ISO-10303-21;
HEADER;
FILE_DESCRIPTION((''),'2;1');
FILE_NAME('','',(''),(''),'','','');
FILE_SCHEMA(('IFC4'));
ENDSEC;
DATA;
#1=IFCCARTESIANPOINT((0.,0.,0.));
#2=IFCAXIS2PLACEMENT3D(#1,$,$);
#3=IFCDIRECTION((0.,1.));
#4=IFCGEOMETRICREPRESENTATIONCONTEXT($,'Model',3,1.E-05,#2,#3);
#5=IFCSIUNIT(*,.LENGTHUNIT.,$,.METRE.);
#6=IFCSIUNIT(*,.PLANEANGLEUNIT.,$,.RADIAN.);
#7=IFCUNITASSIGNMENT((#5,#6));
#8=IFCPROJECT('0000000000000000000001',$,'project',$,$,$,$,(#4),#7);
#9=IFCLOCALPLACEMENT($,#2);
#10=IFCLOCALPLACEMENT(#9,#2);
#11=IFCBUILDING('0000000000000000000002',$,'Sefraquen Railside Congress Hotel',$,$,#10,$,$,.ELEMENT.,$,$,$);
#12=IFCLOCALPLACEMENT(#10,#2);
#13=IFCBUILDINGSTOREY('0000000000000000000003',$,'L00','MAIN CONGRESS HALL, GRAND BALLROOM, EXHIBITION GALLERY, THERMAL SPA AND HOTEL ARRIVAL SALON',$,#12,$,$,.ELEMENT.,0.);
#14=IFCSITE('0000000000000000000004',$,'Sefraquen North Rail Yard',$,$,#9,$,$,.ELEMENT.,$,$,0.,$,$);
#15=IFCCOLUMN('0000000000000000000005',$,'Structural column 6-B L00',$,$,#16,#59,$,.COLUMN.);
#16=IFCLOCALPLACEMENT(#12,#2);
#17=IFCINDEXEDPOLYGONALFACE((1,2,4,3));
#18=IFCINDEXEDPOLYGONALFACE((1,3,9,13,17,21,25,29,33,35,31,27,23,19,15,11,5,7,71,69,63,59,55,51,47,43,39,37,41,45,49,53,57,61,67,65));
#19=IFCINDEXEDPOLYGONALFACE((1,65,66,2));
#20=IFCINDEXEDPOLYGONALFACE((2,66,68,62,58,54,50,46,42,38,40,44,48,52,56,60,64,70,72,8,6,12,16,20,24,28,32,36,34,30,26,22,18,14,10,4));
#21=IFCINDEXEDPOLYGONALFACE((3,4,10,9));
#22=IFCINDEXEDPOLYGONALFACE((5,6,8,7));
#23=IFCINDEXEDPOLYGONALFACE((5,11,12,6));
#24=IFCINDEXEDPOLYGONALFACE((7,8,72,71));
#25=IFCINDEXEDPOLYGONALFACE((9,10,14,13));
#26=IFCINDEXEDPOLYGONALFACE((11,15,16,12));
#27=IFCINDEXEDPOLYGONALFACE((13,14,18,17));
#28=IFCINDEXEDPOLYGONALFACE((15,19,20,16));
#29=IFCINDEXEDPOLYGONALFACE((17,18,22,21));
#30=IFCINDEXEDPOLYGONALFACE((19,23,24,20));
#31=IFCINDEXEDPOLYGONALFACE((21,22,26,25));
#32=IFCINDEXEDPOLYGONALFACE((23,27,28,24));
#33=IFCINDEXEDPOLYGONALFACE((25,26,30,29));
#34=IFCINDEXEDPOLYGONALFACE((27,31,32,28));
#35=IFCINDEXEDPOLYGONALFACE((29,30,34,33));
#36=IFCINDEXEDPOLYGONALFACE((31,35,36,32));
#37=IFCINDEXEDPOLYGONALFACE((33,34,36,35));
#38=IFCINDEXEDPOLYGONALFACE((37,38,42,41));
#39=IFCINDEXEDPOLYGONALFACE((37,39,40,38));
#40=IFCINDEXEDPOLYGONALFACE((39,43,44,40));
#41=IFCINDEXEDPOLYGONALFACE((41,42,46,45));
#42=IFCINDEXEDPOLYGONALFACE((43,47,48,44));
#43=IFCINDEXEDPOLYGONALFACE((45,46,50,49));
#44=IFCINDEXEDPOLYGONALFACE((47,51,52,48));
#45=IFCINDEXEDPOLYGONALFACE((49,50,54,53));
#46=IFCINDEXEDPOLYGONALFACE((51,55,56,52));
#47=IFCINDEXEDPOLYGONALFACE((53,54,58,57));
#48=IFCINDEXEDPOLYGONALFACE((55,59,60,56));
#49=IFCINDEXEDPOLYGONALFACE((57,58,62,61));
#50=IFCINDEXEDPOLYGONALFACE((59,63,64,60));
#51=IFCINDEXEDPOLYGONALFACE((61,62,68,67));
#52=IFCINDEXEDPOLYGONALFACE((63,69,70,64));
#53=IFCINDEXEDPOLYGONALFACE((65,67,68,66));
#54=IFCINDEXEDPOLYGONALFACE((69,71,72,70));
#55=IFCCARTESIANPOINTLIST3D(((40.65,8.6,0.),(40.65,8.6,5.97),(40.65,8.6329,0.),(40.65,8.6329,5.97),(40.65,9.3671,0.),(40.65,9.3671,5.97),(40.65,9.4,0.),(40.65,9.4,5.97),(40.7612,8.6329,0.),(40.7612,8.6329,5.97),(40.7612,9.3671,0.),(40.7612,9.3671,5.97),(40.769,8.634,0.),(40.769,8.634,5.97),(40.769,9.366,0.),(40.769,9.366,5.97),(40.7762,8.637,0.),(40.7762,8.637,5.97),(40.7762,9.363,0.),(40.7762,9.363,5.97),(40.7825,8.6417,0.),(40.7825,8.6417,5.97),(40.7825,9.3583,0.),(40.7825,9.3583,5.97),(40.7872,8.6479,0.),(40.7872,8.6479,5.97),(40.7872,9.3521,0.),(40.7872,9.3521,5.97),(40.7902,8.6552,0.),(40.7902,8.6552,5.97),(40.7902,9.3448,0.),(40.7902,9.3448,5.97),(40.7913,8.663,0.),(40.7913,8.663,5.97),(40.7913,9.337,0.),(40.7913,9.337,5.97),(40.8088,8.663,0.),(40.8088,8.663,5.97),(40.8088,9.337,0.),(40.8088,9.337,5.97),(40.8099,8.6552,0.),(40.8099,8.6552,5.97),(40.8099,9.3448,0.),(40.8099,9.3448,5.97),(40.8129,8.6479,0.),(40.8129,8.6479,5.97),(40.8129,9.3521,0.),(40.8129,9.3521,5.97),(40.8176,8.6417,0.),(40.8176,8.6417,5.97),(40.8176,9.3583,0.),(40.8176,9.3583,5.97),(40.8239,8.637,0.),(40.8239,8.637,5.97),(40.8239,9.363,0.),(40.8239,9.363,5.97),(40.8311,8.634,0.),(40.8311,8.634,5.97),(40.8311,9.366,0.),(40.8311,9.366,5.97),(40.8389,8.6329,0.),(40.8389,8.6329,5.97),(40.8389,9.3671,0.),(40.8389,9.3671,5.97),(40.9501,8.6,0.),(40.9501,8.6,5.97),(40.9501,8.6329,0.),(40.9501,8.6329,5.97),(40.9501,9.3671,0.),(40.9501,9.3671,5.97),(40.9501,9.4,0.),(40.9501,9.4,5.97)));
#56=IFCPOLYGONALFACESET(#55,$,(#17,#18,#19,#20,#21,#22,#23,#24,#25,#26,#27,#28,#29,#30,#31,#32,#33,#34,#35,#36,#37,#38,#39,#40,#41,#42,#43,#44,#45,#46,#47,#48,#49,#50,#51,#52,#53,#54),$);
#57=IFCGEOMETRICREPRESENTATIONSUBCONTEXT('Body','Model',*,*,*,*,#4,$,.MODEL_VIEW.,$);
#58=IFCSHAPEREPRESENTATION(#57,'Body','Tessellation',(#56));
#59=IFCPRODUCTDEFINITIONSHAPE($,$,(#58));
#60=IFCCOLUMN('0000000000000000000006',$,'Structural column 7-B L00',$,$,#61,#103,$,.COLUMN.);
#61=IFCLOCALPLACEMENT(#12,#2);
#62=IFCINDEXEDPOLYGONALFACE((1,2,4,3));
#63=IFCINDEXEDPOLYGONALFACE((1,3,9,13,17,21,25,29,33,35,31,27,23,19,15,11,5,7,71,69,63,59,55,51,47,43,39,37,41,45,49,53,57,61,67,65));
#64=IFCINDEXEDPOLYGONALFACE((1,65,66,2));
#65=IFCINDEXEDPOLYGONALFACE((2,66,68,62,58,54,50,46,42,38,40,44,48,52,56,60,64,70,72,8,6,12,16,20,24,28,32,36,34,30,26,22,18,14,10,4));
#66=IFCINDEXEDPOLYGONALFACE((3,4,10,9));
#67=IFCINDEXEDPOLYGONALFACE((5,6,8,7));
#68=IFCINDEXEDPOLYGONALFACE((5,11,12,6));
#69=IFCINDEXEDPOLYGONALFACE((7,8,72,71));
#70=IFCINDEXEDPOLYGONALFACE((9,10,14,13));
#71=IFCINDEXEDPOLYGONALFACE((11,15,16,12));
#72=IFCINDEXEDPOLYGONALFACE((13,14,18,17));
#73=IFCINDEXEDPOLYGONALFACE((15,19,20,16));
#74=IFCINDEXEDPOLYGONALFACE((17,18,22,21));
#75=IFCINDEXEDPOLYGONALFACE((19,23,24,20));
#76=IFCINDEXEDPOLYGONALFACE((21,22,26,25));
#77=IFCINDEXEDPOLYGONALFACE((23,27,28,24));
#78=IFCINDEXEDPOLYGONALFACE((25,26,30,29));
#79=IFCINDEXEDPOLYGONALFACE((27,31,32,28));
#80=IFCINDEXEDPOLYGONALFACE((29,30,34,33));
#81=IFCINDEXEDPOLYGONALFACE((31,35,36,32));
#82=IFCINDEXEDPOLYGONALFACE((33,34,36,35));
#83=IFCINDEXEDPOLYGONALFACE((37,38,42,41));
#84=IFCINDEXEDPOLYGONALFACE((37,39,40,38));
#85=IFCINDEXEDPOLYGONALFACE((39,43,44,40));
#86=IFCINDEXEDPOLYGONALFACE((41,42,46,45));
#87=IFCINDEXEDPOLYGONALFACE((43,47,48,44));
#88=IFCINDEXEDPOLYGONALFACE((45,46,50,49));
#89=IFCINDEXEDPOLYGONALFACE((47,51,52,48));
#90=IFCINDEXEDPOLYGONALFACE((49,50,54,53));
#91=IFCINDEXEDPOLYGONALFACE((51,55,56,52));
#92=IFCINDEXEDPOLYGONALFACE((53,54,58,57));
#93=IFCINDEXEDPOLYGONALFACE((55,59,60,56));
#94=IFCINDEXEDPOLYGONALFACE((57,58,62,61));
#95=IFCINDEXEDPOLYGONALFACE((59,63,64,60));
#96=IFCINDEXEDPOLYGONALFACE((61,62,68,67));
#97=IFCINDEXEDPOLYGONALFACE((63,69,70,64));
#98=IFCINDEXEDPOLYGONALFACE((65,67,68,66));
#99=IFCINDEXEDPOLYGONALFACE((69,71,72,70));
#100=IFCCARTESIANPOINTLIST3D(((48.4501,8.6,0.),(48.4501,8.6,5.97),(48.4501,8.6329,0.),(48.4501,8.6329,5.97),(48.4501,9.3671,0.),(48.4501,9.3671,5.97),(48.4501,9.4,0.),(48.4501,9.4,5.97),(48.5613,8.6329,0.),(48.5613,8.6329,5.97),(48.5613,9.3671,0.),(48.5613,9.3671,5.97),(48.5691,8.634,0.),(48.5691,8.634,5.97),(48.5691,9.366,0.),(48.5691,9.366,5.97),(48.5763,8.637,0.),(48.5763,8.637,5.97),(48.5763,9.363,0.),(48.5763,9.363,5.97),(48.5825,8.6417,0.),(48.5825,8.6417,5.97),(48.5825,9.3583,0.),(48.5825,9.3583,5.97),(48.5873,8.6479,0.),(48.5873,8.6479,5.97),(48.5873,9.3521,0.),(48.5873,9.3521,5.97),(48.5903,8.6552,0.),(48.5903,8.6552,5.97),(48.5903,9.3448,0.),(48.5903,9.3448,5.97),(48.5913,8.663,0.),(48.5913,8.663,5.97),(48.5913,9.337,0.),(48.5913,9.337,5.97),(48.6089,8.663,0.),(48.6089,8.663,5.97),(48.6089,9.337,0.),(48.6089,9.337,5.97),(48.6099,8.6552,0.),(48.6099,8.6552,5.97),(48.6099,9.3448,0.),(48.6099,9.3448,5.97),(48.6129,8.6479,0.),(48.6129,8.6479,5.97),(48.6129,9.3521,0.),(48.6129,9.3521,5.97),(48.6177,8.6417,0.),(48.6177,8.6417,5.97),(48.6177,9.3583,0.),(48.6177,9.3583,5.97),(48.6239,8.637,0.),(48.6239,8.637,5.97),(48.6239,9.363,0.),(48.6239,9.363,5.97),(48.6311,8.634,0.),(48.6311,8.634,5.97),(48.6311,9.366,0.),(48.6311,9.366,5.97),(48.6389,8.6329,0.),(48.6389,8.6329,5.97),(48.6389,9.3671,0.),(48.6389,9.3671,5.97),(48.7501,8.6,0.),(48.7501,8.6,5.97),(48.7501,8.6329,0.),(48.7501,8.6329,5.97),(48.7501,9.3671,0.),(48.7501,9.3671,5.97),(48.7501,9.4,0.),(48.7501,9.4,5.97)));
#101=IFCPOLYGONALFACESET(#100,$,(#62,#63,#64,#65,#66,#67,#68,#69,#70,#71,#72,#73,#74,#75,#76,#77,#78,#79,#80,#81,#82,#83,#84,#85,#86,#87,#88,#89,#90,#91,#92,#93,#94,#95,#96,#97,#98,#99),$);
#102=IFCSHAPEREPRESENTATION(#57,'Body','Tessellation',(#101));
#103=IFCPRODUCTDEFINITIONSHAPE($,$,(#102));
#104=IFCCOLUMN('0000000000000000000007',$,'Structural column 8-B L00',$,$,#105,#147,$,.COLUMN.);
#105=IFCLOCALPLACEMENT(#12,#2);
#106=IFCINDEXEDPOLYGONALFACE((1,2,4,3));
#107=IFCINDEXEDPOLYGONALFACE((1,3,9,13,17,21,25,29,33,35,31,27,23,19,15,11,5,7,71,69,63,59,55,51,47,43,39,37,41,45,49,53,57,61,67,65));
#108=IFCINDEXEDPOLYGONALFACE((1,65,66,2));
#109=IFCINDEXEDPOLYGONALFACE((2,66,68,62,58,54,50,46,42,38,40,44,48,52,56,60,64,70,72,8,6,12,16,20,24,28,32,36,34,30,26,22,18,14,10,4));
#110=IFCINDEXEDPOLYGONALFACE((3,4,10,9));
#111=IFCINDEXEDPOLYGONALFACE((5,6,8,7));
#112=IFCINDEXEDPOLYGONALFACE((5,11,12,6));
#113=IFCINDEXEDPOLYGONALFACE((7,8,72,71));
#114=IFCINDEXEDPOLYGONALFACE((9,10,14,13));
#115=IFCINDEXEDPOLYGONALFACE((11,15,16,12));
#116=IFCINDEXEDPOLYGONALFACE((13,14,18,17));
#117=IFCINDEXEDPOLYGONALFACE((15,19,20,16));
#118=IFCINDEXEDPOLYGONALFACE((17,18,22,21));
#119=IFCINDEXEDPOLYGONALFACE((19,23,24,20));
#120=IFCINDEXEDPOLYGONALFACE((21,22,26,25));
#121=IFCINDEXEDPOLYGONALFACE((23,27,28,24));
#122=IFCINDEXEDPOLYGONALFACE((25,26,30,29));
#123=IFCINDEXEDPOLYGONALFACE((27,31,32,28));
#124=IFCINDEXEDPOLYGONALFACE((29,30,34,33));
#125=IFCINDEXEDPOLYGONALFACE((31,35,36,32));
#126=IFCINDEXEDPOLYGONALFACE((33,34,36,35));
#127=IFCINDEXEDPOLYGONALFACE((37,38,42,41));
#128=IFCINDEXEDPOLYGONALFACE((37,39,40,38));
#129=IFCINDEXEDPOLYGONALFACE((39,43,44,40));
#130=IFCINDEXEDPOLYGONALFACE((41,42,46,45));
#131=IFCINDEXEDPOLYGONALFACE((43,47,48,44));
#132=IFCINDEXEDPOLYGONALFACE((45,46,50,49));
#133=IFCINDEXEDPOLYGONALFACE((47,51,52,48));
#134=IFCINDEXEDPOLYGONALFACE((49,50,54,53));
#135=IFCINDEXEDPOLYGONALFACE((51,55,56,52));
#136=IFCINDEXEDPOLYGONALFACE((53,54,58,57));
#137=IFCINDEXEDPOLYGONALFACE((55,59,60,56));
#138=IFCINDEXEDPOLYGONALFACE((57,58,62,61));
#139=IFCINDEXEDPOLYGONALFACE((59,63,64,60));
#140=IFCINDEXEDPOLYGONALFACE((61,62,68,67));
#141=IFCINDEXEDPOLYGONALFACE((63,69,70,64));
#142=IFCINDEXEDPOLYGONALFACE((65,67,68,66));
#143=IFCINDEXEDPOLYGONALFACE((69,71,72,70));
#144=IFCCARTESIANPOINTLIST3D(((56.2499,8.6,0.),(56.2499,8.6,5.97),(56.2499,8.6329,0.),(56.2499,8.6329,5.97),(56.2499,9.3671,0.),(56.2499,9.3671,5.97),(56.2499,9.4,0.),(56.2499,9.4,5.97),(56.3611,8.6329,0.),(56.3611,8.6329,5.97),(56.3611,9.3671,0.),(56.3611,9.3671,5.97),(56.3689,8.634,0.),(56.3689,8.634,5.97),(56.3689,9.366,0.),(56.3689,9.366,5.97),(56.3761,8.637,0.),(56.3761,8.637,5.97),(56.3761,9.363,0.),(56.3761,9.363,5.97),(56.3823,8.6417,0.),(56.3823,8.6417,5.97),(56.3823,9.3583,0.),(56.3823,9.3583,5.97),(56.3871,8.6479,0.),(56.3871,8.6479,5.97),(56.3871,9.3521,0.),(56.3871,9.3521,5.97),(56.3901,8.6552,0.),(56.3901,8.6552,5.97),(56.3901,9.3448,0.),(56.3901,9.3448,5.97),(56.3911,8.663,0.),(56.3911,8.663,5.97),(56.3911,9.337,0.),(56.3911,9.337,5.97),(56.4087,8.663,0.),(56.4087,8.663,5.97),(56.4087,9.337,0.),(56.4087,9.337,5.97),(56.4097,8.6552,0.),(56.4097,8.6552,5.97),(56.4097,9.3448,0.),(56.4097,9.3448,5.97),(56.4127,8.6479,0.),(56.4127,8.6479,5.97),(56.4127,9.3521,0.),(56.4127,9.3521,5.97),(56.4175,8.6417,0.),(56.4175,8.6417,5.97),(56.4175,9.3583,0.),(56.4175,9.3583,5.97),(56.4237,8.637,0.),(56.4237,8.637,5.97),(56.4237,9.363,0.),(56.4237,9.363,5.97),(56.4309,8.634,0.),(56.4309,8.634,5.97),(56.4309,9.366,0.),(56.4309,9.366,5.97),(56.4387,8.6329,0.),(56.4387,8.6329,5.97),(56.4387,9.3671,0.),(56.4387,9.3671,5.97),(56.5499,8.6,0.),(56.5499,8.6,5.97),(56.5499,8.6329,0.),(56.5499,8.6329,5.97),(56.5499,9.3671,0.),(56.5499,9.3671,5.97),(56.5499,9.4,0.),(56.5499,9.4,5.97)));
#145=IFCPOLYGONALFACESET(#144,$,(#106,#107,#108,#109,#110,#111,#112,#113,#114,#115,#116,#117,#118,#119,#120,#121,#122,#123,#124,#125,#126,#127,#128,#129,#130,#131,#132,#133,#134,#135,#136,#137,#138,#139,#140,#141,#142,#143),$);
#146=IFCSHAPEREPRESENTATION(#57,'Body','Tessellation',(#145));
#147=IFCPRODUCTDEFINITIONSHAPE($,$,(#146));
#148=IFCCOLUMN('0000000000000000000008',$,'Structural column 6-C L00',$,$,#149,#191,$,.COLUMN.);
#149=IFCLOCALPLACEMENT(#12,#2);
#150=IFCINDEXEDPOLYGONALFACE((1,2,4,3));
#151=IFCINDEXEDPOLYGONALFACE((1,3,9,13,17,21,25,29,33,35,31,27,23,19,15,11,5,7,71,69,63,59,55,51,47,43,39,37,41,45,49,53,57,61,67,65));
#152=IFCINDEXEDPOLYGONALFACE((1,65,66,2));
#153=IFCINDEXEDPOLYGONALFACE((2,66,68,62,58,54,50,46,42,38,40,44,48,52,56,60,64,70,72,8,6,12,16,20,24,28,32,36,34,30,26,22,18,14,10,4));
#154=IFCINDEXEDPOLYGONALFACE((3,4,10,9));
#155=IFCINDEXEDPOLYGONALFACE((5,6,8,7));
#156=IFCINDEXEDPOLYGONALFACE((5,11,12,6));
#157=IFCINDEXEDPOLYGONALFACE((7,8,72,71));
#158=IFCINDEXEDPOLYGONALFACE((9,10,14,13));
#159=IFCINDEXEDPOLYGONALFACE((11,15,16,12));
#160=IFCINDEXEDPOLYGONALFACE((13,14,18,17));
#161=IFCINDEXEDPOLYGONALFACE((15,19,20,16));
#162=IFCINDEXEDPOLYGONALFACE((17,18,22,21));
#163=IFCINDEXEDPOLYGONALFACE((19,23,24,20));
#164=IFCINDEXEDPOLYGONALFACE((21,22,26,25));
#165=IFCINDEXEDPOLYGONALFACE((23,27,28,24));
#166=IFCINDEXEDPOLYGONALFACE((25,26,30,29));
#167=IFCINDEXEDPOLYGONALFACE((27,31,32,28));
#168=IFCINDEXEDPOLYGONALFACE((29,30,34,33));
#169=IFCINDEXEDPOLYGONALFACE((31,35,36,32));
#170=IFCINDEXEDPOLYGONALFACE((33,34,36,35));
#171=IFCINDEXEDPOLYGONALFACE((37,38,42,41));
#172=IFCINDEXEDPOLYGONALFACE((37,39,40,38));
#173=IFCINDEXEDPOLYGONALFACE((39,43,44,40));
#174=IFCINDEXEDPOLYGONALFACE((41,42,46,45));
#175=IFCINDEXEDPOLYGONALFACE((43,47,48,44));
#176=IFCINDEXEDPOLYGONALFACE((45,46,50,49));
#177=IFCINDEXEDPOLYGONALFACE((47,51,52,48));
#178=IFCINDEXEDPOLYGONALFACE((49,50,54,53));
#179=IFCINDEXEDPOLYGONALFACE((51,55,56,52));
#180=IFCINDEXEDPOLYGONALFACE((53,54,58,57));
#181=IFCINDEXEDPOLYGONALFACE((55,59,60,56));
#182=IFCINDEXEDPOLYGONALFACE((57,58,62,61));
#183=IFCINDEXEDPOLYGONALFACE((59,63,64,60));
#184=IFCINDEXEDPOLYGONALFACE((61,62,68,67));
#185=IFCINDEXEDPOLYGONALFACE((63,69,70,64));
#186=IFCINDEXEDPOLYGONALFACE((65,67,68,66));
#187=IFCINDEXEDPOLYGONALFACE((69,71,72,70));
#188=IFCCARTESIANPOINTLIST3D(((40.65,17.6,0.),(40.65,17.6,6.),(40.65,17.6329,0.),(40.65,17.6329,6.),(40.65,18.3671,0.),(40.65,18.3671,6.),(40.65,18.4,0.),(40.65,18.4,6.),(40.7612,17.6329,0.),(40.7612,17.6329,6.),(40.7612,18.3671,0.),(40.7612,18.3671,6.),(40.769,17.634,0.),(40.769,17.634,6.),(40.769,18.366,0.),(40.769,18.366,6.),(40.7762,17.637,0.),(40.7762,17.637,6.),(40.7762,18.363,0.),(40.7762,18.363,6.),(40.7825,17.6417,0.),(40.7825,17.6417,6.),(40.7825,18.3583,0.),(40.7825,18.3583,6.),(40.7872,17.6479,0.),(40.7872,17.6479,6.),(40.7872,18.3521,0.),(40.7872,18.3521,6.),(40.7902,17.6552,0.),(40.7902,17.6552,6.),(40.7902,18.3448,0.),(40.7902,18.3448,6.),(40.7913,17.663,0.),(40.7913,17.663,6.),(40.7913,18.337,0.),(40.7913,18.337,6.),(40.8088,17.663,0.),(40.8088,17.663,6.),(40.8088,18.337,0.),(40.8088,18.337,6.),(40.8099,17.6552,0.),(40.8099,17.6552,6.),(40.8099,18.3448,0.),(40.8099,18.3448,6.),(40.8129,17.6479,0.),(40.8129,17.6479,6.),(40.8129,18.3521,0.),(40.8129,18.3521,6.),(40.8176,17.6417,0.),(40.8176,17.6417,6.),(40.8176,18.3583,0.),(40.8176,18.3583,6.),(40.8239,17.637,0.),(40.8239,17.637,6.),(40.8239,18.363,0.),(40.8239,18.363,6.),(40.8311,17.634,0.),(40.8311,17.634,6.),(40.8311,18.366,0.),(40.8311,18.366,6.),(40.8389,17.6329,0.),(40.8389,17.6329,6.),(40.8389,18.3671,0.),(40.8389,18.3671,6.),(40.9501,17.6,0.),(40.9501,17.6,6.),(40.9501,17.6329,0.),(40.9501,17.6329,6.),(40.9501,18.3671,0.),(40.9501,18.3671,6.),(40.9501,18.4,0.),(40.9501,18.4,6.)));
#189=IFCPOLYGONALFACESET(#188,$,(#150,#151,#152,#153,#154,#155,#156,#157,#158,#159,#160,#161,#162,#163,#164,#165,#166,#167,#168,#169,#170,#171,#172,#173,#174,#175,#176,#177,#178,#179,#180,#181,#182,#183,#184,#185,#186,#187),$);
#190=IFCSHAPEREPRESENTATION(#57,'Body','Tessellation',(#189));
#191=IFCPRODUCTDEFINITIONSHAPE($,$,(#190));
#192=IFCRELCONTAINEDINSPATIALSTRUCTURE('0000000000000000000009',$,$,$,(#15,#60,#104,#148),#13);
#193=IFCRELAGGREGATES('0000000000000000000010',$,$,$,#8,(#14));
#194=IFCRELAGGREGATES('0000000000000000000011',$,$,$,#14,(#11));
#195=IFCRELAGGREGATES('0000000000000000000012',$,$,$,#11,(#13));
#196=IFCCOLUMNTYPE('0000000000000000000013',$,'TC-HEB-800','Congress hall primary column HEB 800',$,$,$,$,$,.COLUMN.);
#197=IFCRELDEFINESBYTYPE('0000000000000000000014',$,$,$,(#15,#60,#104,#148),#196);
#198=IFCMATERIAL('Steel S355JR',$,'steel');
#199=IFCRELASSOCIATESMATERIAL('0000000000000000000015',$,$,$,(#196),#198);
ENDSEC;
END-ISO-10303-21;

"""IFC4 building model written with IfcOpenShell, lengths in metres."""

from ifc_helpers import new_model, si_unit, direction, frame, origin, origin_2d, place, context, subcontext, project, spatial, i_section, extrude, material, material_profile, profile_set, type_object, element, save


model = new_model("IFC4")

# Units and contexts
model_context = context("Model", 3, precision=1e-05, world=origin(), true_north=direction((0.0, 1.0)))
body_context = subcontext(model_context, "Body", "Model", "MODEL_VIEW")
ifc_project = project(units=[si_unit("LENGTHUNIT", "METRE"), si_unit("PLANEANGLEUNIT", "RADIAN")], contexts=[model_context])

# Site, building, storey
site_placement = place(None, origin())
site = spatial("IfcSite", under=ifc_project, at=site_placement, Name="Sefraquen North Rail Yard", CompositionType="ELEMENT", RefElevation=0.0)
building_placement = place(site_placement, origin())
building = spatial("IfcBuilding", under=site, at=building_placement, Name="Sefraquen Railside Congress Hotel", CompositionType="ELEMENT")
storey_placement = place(building_placement, origin())
storey = spatial("IfcBuildingStorey", under=building, at=storey_placement, Name="L00", Description="MAIN CONGRESS HALL, GRAND BALLROOM, EXHIBITION GALLERY, THERMAL SPA AND HOTEL ARRIVAL SALON", CompositionType="ELEMENT", Elevation=0.0)

# Columns
ifc_material_1 = material(Name="Steel S355JR", Category="steel")
ifc_material_profile_1 = material_profile(ifc_material_1, i_section(OverallWidth=0.3, OverallDepth=0.8, WebThickness=0.0176, FlangeThickness=0.033, FilletRadius=0.03, at=origin_2d()), Name="HEB 800")
ifc_profile_set_1 = profile_set([ifc_material_profile_1], Name="Steel S355JR")
column_type = type_object("IfcColumnType", Name="TC-HEB-800", Description="Congress hall primary column HEB 800", PredefinedType="COLUMN", material=ifc_profile_set_1)
for number, where, z_axis, x_axis, name in (
    (1, (40.8, 9.0, 0.0), (0.0, 0.0, 1.0), (1.0, 0.0, 0.0), "Structural column 6-B L00"),
    (2, (48.6001, 9.0, 0.0), (0.0, 0.0, 1.0), (1.0, 0.0, 0.0), "Structural column 7-B L00"),
    (3, (56.3999, 9.0, 0.0), (0.0, 0.0, 1.0), (1.0, 0.0, 0.0), "Structural column 8-B L00"),
):
    element("IfcColumn", number, at=place(storey_placement, frame(where, z_axis=z_axis, x_axis=x_axis)), inside=storey, type_object=column_type, Name=name, PredefinedType="COLUMN", context=body_context, shape_type="SweptSolid", body=[
        extrude(i_section(OverallWidth=0.3, OverallDepth=0.8, WebThickness=0.0176, FlangeThickness=0.033, FilletRadius=0.03, at=origin_2d()), origin(), (0.0, 0.0, 1.0), 5.97),
    ])
for number, where, z_axis, x_axis, name in (
    (4, (40.8, 18.0, 0.0), (0.0, 0.0, 1.0), (1.0, 0.0, 0.0), "Structural column 6-C L00"),
):
    element("IfcColumn", number, at=place(storey_placement, frame(where, z_axis=z_axis, x_axis=x_axis)), inside=storey, type_object=column_type, Name=name, PredefinedType="COLUMN", context=body_context, shape_type="SweptSolid", body=[
        extrude(i_section(OverallWidth=0.3, OverallDepth=0.8, WebThickness=0.0176, FlangeThickness=0.033, FilletRadius=0.03, at=origin_2d()), origin(), (0.0, 0.0, 1.0), 6.0),
    ])

save(model, "model.ifc")
